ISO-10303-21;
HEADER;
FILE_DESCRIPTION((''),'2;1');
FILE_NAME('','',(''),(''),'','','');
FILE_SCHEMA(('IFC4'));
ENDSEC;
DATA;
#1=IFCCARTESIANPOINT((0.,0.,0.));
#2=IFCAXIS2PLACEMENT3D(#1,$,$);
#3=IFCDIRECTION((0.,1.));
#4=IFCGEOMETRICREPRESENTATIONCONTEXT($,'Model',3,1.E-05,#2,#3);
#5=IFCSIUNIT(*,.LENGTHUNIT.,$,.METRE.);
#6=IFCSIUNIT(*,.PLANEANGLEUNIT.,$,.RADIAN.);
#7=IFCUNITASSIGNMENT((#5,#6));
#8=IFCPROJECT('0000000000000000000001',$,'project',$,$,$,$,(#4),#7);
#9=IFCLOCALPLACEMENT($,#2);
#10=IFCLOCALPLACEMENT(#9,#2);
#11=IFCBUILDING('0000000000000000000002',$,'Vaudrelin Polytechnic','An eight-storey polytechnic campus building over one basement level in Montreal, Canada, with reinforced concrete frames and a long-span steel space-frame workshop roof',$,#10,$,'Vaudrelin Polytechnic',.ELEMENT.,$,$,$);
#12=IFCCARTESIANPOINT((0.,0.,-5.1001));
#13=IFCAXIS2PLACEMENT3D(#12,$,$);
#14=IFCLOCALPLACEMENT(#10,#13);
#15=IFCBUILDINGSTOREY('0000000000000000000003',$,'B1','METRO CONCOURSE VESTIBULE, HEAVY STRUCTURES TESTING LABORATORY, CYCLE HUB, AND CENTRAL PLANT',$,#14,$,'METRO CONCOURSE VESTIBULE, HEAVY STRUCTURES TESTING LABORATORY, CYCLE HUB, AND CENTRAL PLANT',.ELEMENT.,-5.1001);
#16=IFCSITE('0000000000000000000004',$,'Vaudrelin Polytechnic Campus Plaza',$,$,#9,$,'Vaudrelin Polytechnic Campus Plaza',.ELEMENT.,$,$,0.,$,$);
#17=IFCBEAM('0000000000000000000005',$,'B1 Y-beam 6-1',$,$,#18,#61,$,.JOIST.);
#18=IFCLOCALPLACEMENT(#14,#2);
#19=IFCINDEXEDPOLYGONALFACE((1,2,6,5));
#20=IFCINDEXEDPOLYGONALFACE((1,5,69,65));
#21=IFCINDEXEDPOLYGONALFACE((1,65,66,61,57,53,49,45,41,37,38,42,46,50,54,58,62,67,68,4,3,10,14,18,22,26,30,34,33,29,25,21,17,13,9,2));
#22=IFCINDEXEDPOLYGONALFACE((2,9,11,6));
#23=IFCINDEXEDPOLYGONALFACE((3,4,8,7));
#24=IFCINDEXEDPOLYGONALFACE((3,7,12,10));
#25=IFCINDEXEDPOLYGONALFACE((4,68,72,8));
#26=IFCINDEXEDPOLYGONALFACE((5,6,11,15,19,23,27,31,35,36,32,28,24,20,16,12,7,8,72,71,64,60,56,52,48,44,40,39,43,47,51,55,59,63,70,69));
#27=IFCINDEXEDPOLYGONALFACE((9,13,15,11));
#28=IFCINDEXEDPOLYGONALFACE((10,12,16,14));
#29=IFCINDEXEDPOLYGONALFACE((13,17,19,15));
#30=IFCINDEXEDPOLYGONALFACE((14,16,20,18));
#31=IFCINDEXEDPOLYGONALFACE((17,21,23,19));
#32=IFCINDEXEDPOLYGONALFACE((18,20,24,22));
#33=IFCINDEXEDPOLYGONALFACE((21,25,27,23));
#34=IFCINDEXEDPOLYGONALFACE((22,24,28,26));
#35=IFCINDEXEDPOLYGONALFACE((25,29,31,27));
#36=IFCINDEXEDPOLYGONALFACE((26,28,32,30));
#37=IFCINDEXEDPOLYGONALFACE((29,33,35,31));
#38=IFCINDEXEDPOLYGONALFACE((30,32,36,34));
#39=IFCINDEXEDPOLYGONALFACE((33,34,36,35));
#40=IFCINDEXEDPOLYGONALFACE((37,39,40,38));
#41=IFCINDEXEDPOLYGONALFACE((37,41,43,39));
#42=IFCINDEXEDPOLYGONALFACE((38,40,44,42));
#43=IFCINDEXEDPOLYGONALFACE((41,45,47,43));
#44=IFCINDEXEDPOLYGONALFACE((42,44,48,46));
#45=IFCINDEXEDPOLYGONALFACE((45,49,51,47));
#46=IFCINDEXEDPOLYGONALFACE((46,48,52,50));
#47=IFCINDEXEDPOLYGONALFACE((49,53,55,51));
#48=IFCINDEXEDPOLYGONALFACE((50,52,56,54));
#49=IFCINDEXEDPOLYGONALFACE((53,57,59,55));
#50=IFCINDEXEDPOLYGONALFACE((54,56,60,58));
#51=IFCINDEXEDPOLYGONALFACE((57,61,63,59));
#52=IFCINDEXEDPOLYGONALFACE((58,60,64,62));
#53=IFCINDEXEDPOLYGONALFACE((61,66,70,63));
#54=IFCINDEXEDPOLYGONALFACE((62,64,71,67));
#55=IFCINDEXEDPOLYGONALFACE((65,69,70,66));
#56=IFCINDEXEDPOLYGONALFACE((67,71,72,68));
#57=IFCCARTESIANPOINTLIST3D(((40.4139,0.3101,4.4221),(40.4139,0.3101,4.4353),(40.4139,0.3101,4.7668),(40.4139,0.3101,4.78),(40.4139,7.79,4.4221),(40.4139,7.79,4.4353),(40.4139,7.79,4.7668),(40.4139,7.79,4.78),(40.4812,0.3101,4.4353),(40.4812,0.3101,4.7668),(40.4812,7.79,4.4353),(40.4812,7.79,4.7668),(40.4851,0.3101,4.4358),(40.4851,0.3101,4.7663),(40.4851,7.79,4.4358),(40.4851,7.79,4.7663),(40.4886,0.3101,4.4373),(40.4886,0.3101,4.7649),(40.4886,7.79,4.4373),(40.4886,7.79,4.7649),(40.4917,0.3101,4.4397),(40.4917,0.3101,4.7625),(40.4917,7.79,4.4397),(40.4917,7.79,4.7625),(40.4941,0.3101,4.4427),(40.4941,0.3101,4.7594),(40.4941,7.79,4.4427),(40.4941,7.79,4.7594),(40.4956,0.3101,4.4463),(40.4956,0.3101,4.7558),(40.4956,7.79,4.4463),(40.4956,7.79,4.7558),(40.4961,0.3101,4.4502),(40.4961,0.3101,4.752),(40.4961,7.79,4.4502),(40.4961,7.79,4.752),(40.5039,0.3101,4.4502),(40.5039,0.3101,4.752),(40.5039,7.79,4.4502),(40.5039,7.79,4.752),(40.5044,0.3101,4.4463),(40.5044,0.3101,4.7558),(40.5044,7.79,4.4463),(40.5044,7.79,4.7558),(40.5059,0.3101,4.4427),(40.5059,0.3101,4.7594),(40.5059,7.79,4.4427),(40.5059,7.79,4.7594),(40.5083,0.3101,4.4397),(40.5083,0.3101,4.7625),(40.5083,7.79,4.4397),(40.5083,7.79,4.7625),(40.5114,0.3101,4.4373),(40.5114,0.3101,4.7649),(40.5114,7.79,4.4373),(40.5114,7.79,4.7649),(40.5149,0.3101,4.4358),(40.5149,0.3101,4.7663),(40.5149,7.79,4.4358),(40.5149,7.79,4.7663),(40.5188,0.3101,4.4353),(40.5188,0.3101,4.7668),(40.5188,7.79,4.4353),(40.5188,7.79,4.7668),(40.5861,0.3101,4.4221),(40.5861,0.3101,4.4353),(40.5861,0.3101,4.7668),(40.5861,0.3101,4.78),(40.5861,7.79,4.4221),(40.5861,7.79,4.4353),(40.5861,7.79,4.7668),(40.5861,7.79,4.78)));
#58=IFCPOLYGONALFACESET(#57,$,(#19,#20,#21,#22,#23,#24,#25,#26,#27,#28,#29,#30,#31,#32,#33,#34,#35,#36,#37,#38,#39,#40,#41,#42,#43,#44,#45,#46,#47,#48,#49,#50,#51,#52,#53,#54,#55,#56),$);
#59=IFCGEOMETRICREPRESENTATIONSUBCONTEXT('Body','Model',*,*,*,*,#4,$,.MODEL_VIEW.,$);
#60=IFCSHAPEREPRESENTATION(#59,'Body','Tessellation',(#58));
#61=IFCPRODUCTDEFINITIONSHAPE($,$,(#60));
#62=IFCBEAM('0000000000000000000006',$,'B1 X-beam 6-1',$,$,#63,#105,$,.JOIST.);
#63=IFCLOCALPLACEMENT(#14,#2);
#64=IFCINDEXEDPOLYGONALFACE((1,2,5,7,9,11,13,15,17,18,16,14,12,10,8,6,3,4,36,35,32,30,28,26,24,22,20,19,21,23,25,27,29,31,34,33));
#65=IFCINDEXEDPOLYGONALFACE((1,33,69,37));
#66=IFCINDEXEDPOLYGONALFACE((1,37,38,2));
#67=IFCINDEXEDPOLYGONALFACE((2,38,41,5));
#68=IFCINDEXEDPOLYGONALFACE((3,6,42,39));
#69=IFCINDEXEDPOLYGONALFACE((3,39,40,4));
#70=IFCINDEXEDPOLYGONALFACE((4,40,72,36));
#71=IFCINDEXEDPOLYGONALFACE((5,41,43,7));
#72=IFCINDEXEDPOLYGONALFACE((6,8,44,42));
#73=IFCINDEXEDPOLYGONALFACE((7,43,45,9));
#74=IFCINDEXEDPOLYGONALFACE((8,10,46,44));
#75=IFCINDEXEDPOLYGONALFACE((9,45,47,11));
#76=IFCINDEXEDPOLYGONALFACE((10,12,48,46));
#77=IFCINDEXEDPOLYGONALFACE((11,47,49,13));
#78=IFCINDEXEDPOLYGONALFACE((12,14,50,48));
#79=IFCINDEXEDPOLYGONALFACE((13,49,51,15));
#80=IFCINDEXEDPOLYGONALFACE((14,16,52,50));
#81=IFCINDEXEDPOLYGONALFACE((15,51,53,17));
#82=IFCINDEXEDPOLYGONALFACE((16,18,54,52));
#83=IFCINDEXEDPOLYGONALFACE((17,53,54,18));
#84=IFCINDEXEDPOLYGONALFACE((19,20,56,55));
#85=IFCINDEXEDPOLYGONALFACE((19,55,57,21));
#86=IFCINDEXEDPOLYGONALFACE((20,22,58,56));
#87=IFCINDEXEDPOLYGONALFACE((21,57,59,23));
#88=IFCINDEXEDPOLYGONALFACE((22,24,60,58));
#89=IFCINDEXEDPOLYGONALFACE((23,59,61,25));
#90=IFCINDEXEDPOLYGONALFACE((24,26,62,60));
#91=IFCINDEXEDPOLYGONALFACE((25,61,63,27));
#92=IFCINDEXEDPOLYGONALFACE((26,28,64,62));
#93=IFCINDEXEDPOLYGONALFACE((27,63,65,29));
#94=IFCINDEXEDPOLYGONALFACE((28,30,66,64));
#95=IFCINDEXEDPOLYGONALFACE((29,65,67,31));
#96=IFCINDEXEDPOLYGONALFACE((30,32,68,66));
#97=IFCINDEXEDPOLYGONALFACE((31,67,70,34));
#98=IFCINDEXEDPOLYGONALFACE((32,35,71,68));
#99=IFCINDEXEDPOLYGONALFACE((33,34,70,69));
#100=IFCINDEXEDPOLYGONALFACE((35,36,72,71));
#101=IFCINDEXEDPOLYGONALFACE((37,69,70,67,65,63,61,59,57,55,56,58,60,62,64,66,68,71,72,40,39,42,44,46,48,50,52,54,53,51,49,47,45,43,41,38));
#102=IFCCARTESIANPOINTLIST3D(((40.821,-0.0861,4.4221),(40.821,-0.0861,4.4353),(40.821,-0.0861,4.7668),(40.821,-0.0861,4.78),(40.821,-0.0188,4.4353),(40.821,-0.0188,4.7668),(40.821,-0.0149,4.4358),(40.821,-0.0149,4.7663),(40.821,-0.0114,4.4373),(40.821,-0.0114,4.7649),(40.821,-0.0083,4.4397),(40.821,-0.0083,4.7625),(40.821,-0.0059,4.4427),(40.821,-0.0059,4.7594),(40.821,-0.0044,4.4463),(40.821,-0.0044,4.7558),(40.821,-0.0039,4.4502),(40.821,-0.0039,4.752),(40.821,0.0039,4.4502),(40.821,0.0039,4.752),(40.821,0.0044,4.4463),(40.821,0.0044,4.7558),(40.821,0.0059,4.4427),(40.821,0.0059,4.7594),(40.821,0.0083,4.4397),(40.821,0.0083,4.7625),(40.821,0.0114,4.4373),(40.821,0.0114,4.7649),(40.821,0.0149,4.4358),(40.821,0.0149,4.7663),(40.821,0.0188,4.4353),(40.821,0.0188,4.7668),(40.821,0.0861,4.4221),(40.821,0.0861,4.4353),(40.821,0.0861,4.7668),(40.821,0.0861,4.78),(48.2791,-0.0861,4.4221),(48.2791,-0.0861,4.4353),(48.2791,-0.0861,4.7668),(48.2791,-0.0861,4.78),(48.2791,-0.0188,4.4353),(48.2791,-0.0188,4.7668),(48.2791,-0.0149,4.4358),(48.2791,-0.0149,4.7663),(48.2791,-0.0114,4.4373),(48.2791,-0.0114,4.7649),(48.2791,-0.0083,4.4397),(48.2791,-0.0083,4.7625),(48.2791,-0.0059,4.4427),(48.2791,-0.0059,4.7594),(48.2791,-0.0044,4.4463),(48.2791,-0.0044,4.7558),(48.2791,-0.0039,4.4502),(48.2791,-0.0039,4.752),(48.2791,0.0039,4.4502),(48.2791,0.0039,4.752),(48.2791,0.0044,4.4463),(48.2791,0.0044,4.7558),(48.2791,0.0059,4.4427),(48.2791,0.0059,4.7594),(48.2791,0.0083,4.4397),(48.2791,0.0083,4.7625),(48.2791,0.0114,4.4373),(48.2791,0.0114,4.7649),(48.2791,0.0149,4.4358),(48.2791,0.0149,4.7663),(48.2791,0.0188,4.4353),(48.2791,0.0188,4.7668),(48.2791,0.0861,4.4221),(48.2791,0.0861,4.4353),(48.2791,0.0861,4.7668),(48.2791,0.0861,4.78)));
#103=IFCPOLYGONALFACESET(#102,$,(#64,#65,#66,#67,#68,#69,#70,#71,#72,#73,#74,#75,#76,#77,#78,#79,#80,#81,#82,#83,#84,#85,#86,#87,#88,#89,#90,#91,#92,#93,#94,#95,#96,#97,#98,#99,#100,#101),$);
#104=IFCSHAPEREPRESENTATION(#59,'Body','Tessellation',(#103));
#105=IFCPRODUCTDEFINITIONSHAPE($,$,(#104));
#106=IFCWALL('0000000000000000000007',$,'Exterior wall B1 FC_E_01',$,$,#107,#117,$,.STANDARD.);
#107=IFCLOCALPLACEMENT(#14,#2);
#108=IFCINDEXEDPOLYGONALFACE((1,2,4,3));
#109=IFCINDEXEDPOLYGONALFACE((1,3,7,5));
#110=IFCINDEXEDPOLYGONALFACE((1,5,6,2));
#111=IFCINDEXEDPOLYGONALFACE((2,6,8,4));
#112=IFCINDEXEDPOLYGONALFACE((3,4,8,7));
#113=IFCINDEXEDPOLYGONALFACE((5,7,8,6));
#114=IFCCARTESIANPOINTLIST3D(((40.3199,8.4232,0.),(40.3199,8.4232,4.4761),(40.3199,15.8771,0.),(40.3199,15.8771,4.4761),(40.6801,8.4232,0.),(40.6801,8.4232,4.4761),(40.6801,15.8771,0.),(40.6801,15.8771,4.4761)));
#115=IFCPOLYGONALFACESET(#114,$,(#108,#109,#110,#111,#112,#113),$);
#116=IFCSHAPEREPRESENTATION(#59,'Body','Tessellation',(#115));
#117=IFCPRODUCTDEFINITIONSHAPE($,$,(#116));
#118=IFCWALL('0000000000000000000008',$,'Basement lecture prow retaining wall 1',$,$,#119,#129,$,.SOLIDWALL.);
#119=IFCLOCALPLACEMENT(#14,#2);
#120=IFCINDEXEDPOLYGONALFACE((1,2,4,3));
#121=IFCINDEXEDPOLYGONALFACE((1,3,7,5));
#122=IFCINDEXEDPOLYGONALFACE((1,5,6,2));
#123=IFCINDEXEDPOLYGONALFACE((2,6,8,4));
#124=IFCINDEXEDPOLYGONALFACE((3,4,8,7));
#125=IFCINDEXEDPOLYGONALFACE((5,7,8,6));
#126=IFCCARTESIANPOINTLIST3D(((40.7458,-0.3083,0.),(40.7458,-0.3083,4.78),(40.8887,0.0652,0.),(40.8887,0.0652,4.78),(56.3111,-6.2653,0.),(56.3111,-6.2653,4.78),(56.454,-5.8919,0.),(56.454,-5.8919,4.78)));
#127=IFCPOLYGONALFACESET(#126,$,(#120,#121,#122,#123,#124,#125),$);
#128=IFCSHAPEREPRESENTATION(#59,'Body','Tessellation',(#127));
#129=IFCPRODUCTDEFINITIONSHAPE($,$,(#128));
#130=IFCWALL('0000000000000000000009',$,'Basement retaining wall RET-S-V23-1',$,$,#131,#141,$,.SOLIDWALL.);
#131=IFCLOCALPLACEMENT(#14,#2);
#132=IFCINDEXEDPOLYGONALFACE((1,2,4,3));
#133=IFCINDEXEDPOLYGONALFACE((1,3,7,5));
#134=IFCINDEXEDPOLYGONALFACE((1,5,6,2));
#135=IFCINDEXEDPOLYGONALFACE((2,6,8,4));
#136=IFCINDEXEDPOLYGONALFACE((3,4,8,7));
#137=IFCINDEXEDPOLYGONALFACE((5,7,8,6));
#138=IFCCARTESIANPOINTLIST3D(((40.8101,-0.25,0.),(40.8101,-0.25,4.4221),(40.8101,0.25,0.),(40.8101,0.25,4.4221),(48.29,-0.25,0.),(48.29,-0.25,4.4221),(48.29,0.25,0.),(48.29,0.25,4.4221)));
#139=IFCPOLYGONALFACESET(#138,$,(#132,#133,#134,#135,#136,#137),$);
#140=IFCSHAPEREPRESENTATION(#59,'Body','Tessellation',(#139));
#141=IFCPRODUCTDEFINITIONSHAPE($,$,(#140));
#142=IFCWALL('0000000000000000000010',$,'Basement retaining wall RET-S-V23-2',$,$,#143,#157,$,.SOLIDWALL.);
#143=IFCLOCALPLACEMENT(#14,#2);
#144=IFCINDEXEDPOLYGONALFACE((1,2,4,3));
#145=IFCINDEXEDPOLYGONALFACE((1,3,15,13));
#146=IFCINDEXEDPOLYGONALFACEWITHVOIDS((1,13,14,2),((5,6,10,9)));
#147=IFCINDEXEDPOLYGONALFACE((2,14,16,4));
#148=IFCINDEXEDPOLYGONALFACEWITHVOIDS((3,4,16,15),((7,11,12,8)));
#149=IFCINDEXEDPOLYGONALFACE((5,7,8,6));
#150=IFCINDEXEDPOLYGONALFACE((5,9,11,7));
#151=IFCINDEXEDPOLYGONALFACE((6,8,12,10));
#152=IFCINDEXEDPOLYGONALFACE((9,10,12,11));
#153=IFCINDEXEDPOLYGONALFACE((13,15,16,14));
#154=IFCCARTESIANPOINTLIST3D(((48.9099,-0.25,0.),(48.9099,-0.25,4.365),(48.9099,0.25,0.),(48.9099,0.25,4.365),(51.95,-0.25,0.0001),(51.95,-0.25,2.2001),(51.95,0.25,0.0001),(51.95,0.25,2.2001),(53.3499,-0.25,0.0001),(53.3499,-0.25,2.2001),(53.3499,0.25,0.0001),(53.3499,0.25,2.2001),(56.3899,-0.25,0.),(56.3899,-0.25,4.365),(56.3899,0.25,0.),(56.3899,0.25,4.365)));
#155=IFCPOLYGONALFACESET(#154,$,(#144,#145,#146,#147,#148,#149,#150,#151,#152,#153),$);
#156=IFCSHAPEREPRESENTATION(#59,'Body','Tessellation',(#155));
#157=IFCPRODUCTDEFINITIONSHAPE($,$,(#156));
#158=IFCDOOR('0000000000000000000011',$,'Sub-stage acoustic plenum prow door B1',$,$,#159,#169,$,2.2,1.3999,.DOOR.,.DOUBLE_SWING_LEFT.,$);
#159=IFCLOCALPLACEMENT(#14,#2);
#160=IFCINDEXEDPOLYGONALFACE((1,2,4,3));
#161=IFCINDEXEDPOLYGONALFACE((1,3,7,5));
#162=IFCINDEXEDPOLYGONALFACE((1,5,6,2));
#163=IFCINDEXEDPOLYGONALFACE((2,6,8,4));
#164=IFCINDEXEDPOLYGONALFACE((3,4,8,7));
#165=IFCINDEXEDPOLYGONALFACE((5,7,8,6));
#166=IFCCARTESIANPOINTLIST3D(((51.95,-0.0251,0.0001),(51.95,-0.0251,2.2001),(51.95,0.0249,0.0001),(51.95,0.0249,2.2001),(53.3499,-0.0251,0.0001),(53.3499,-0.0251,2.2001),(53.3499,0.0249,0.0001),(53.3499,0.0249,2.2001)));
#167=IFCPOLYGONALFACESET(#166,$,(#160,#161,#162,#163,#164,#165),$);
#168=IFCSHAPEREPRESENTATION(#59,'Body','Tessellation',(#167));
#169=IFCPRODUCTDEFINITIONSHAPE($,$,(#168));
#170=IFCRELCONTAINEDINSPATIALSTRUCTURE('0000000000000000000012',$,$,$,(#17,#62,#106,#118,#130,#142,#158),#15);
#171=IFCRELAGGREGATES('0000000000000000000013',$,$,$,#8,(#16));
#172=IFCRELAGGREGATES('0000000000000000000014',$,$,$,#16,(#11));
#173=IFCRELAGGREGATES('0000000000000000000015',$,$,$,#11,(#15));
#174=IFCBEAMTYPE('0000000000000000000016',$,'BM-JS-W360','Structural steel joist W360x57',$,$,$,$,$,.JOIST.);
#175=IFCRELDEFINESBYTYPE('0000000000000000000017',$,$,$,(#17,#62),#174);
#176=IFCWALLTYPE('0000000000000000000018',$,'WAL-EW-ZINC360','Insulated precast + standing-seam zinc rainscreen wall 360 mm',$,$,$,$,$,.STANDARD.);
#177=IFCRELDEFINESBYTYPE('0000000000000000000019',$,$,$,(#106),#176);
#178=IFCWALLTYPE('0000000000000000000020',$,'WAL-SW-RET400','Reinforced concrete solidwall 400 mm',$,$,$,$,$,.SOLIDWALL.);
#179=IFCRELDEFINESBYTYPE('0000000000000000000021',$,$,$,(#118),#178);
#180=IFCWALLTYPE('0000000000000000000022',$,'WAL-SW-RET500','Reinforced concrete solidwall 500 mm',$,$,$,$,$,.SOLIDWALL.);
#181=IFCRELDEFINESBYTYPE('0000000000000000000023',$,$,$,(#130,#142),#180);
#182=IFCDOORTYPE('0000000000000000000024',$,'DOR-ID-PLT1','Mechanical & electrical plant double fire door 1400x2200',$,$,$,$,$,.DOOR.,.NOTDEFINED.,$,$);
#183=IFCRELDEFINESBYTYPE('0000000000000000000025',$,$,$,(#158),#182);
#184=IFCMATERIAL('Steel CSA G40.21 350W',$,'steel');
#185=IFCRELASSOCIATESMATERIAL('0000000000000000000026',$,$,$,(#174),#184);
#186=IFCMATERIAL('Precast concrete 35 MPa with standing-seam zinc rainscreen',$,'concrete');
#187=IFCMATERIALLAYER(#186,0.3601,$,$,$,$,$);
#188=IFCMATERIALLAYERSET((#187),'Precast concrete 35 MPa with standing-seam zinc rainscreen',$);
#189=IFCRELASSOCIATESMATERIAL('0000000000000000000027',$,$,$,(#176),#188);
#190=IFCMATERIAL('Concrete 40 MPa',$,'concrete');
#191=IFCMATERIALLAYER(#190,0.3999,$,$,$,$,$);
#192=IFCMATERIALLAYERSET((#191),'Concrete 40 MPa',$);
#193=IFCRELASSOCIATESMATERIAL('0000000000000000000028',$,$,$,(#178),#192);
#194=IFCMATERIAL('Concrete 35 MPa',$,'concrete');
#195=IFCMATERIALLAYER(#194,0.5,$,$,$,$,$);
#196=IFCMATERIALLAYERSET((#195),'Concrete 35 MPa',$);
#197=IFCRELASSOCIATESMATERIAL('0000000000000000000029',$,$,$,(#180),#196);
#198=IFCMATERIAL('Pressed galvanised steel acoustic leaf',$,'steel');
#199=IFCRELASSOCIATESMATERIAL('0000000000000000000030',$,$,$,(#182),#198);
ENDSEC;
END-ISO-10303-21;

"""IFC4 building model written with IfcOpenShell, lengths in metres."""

from ifc_helpers import new_model, si_unit, direction, frame, frame_2d, origin, origin_2d, place, context, subcontext, project, spatial, rectangle, i_section, extrude, material, layer, layer_set, material_profile, profile_set, type_object, element, fill, save


model = new_model("IFC4")

# Units and contexts
model_context = context("Model", 3, precision=1e-05, world=origin(), true_north=direction((0.0, 1.0)))
body_context = subcontext(model_context, "Body", "Model", "MODEL_VIEW")
ifc_project = project(units=[si_unit("LENGTHUNIT", "METRE"), si_unit("PLANEANGLEUNIT", "RADIAN")], contexts=[model_context])

# Site, building, storey
site_placement = place(None, origin())
site = spatial("IfcSite", under=ifc_project, at=site_placement, Name="Vaudrelin Polytechnic Campus Plaza", LongName="Vaudrelin Polytechnic Campus Plaza", CompositionType="ELEMENT", RefElevation=0.0)
building_placement = place(site_placement, origin())
building = spatial("IfcBuilding", under=site, at=building_placement, Name="Vaudrelin Polytechnic", Description="An eight-storey polytechnic campus building over one basement level in Montreal, Canada, with reinforced concrete frames and a long-span steel space-frame workshop roof", LongName="Vaudrelin Polytechnic", CompositionType="ELEMENT")
storey_placement = place(building_placement, frame((0.0, 0.0, -5.1001)))
storey = spatial("IfcBuildingStorey", under=building, at=storey_placement, Name="B1", Description="METRO CONCOURSE VESTIBULE, HEAVY STRUCTURES TESTING LABORATORY, CYCLE HUB, AND CENTRAL PLANT", LongName="METRO CONCOURSE VESTIBULE, HEAVY STRUCTURES TESTING LABORATORY, CYCLE HUB, AND CENTRAL PLANT", CompositionType="ELEMENT", Elevation=-5.1001)

# Shared definitions
ifc_material_1 = material(Name="Concrete 40 MPa", Category="concrete")

# Shared definitions
ifc_material_2 = material(Name="Steel CSA G40.21 350W", Category="steel")

# Beams
ifc_material_profile_1 = material_profile(ifc_material_2, i_section(OverallWidth=0.1721, OverallDepth=0.3579, WebThickness=0.0078, FlangeThickness=0.0132, FilletRadius=0.0149, at=origin_2d()), Name="W360x57")
ifc_profile_set_1 = profile_set([ifc_material_profile_1], Name="Steel CSA G40.21 350W")
beam_type_1 = type_object("IfcBeamType", Name="BM-JS-W360", Description="Structural steel joist W360x57", PredefinedType="JOIST", material=ifc_profile_set_1)
beam_1_placement = place(storey_placement, frame((40.5, 0.3101, 4.6011), z_axis=(0.0, 1.0, 0.0), x_axis=(-1.0, 0.0, 0.0)))
element("IfcBeam", 1, at=beam_1_placement, inside=storey, type_object=beam_type_1, Name="B1 Y-beam 6-1", PredefinedType="JOIST", context=body_context, shape_type="SweptSolid", body=[
    extrude(i_section(OverallWidth=0.1721, OverallDepth=0.3579, WebThickness=0.0078, FlangeThickness=0.0132, FilletRadius=0.0149, at=origin_2d()), origin(), (0.0, 0.0, 1.0), 7.48),
])
beam_2_placement = place(storey_placement, frame((40.821, 0.0, 4.6011), z_axis=(1.0, 0.0, 0.0), x_axis=(0.0, 1.0, 0.0)))
element("IfcBeam", 2, at=beam_2_placement, inside=storey, type_object=beam_type_1, Name="B1 X-beam 6-1", PredefinedType="JOIST", context=body_context, shape_type="SweptSolid", body=[
    extrude(i_section(OverallWidth=0.1721, OverallDepth=0.3579, WebThickness=0.0078, FlangeThickness=0.0132, FilletRadius=0.0149, at=origin_2d()), origin(), (0.0, 0.0, 1.0), 7.458),
])

# Shared definitions
ifc_material_3 = material(Name="Precast concrete 35 MPa with standing-seam zinc rainscreen", Category="concrete")
ifc_layer_1 = layer(ifc_material_3, 0.3601)
ifc_layer_set_1 = layer_set([ifc_layer_1], Name="Precast concrete 35 MPa with standing-seam zinc rainscreen")
wall_type_1 = type_object("IfcWallType", Name="WAL-EW-ZINC360", Description="Insulated precast + standing-seam zinc rainscreen wall 360 mm", PredefinedType="STANDARD", material=ifc_layer_set_1)

# Walls
wall_1_placement = place(storey_placement, frame((40.5, 8.4231, 0.0), z_axis=(0.0, 0.0, 1.0), x_axis=(0.0, 1.0, 0.0)))
element("IfcWall", 3, at=wall_1_placement, inside=storey, type_object=wall_type_1, Name="Exterior wall B1 FC_E_01", PredefinedType="STANDARD", context=body_context, shape_type="SweptSolid", body=[
    extrude(rectangle(XDim=7.4539, YDim=0.3601, at=frame_2d((3.7271, 0.0))), origin(), (0.0, 0.0, 1.0), 4.4761),
])
ifc_layer_2 = layer(ifc_material_1, 0.3999)
ifc_layer_set_2 = layer_set([ifc_layer_2], Name="Concrete 40 MPa")
wall_type_2 = type_object("IfcWallType", Name="WAL-SW-RET400", Description="Reinforced concrete solidwall 400 mm", PredefinedType="SOLIDWALL", material=ifc_layer_set_2)
wall_2_placement = place(storey_placement, frame((40.8174, -0.1216, 0.0), z_axis=(0.0, 0.0, 1.0), x_axis=(0.933939, -0.357433, 0.0)))
element("IfcWall", 4, at=wall_2_placement, inside=storey, type_object=wall_type_2, Name="Basement lecture prow retaining wall 1", PredefinedType="SOLIDWALL", context=body_context, shape_type="SweptSolid", body=[
    extrude(rectangle(XDim=16.6663, YDim=0.3999, at=frame_2d((8.333, 0.0))), origin(), (0.0, 0.0, 1.0), 4.78),
])
ifc_material_4 = material(Name="Concrete 35 MPa", Category="concrete")
ifc_layer_3 = layer(ifc_material_4, 0.5)
ifc_layer_set_3 = layer_set([ifc_layer_3], Name="Concrete 35 MPa")
wall_type_3 = type_object("IfcWallType", Name="WAL-SW-RET500", Description="Reinforced concrete solidwall 500 mm", PredefinedType="SOLIDWALL", material=ifc_layer_set_3)
wall_3_placement = place(storey_placement, frame((40.8101, 0.0, 0.0), z_axis=(0.0, 0.0, 1.0), x_axis=(1.0, 0.0, 0.0)))
element("IfcWall", 5, at=wall_3_placement, inside=storey, type_object=wall_type_3, Name="Basement retaining wall RET-S-V23-1", PredefinedType="SOLIDWALL", context=body_context, shape_type="SweptSolid", body=[
    extrude(rectangle(XDim=7.48, YDim=0.5, at=frame_2d((3.74, 0.0))), origin(), (0.0, 0.0, 1.0), 4.4221),
])

# Wall, opening, door
wall_4_placement = place(storey_placement, frame((48.9099, 0.0, 0.0), z_axis=(0.0, 0.0, 1.0), x_axis=(1.0, 0.0, 0.0)))
wall_4 = element("IfcWall", 6, at=wall_4_placement, inside=storey, type_object=wall_type_3, Name="Basement retaining wall RET-S-V23-2", PredefinedType="SOLIDWALL", context=body_context, shape_type="SweptSolid", body=[
    extrude(rectangle(XDim=7.48, YDim=0.5, at=frame_2d((3.74, 0.0))), origin(), (0.0, 0.0, 1.0), 4.365),
])
opening_1_placement = place(wall_4_placement, frame((3.04, 0.0, 0.0)))
opening_1 = element("IfcOpeningElement", 7, at=opening_1_placement, cuts=wall_4, PredefinedType="OPENING", context=body_context, shape_type="SweptSolid", body=[
    extrude(rectangle(XDim=1.3999, YDim=2.2, at=frame_2d((0.7, 1.1001))), frame((0.0, 0.26, 0.0), z_axis=(0.0, -1.0, 0.0), x_axis=(1.0, 0.0, 0.0)), (0.0, 0.0, 1.0), 0.52),
])
ifc_material_5 = material(Name="Pressed galvanised steel acoustic leaf", Category="steel")
door_type_1 = type_object("IfcDoorType", Name="DOR-ID-PLT1", Description="Mechanical & electrical plant double fire door 1400x2200", OperationType="NOTDEFINED", PredefinedType="DOOR", material=ifc_material_5)
door_1_placement = place(opening_1_placement, origin())
door_1 = element("IfcDoor", 8, at=door_1_placement, inside=storey, type_object=door_type_1, Name="Sub-stage acoustic plenum prow door B1", OperationType="DOUBLE_SWING_LEFT", OverallHeight=2.2, OverallWidth=1.3999, PredefinedType="DOOR", context=body_context, shape_type="SweptSolid", body=[
    extrude(rectangle(XDim=1.3999, YDim=2.2, at=frame_2d((0.7, 1.1001))), frame((0.0, 0.0249, 0.0), z_axis=(0.0, -1.0, 0.0), x_axis=(1.0, 0.0, 0.0)), (0.0, 0.0, 1.0), 0.05),
])
fill(opening_1, door_1)

save(model, "model.ifc")
